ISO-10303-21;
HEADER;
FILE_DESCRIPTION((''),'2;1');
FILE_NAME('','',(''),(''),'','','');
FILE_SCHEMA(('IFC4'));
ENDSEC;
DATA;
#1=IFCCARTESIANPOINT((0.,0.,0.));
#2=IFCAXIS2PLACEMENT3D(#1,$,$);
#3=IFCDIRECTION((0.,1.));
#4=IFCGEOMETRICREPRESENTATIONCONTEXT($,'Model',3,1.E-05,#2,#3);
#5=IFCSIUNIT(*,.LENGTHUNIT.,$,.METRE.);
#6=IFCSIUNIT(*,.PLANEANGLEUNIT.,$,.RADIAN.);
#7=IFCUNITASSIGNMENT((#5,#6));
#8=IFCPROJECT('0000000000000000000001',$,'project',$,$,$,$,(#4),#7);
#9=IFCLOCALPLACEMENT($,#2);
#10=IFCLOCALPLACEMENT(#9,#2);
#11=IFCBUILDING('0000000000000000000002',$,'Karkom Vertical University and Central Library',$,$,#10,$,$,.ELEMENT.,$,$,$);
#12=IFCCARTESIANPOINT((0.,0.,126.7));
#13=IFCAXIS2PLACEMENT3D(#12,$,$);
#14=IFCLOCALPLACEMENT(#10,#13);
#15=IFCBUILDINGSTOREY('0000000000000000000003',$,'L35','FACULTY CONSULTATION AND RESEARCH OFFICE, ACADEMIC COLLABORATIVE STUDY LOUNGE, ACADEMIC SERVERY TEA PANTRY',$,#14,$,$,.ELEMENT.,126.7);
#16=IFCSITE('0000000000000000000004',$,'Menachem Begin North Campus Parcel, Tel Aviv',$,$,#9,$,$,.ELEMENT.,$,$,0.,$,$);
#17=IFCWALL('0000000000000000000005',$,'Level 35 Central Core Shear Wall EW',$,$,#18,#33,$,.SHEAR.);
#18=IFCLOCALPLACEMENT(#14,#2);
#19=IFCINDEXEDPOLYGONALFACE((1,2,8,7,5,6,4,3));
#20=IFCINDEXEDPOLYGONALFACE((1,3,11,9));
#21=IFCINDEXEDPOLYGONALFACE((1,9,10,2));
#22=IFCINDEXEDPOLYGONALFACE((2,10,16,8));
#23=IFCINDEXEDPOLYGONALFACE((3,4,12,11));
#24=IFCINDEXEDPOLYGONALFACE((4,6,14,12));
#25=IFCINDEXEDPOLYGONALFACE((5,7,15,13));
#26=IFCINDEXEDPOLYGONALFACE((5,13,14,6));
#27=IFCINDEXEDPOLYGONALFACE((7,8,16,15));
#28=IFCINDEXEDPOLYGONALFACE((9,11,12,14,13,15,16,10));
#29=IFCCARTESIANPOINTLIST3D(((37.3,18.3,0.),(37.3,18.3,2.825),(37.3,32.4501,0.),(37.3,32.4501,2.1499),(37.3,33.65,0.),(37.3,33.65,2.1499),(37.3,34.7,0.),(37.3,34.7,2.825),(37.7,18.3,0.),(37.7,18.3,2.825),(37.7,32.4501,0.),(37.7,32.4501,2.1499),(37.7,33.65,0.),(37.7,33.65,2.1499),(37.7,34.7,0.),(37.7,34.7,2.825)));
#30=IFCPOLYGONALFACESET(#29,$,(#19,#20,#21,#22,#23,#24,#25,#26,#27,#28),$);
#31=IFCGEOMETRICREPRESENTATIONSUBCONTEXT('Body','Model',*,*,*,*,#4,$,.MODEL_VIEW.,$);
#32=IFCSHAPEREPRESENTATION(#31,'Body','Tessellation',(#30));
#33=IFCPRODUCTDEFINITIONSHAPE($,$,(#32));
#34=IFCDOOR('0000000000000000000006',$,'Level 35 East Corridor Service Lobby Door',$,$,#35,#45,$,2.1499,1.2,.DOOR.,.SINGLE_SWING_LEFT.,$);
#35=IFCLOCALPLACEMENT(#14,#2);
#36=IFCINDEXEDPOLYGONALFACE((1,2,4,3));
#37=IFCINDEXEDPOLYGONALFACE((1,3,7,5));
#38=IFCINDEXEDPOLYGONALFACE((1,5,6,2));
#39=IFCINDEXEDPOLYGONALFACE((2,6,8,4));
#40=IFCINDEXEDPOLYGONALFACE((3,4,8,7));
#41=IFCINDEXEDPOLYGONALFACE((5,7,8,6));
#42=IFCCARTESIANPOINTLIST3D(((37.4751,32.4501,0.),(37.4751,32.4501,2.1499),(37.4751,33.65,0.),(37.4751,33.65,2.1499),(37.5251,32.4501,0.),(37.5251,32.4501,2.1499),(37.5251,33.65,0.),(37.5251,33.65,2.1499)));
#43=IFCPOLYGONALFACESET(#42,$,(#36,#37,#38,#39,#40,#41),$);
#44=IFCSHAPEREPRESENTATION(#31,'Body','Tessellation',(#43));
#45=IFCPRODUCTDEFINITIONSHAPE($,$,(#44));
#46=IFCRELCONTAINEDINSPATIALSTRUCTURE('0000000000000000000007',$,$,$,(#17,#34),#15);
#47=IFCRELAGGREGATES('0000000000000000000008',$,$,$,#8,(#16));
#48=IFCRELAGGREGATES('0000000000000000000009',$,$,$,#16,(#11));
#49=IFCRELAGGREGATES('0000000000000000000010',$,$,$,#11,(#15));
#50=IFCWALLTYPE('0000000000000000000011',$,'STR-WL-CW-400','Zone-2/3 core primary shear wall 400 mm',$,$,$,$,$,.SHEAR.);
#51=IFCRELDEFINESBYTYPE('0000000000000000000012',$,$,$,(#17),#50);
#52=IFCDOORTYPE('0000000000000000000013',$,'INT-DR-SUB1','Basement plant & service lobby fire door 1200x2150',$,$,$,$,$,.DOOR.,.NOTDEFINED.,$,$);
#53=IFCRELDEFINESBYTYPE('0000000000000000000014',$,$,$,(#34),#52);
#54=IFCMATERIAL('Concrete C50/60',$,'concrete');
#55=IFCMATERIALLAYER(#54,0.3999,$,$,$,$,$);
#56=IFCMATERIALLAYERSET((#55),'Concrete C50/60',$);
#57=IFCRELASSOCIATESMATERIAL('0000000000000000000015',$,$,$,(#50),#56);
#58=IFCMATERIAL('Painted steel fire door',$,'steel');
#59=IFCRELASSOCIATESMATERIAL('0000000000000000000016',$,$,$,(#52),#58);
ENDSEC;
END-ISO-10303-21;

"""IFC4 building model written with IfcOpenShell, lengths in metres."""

from ifc_helpers import new_model, si_unit, direction, frame, frame_2d, origin, origin_with_axes, place, context, subcontext, project, spatial, rectangle, extrude, source, transform, mapped, material, layer, layer_set, type_object, element, fill, save


model = new_model("IFC4")

# Units and contexts
model_context = context("Model", 3, precision=1e-05, world=origin(), true_north=direction((0.0, 1.0)))
body_context = subcontext(model_context, "Body", "Model", "MODEL_VIEW")
ifc_project = project(units=[si_unit("LENGTHUNIT", "METRE"), si_unit("PLANEANGLEUNIT", "RADIAN")], contexts=[model_context])

# Site, building, storey
site_placement = place(None, origin())
site = spatial("IfcSite", under=ifc_project, at=site_placement, Name="Menachem Begin North Campus Parcel, Tel Aviv", CompositionType="ELEMENT", RefElevation=0.0)
building_placement = place(site_placement, origin())
building = spatial("IfcBuilding", under=site, at=building_placement, Name="Karkom Vertical University and Central Library", CompositionType="ELEMENT")
storey_placement = place(building_placement, frame((0.0, 0.0, 126.7)))
storey = spatial("IfcBuildingStorey", under=building, at=storey_placement, Name="L35", Description="FACULTY CONSULTATION AND RESEARCH OFFICE, ACADEMIC COLLABORATIVE STUDY LOUNGE, ACADEMIC SERVERY TEA PANTRY", CompositionType="ELEMENT", Elevation=126.7)

# Shared definitions
ifc_material_1 = material(Name="Concrete C50/60", Category="concrete")

# Wall, opening, door
ifc_layer_1 = layer(ifc_material_1, 0.3999)
ifc_layer_set_1 = layer_set([ifc_layer_1], Name="Concrete C50/60")
wall_type_1 = type_object("IfcWallType", Name="STR-WL-CW-400", Description="Zone-2/3 core primary shear wall 400 mm", PredefinedType="SHEAR", material=ifc_layer_set_1)
wall_1_placement = place(storey_placement, frame((37.5, 18.3, 0.0), z_axis=(0.0, 0.0, 1.0), x_axis=(0.0, 1.0, 0.0)))
wall_1 = element("IfcWall", 1, at=wall_1_placement, inside=storey, type_object=wall_type_1, Name="Level 35 Central Core Shear Wall EW", PredefinedType="SHEAR", context=body_context, shape_type="SweptSolid", body=[
    extrude(rectangle(XDim=16.3999, YDim=0.3999, at=frame_2d((8.2, 0.0))), origin(), (0.0, 0.0, 1.0), 2.825),
])
opening_1_placement = place(wall_1_placement, frame((14.1499, 0.0, 0.0)))
opening_1 = element("IfcOpeningElement", 2, at=opening_1_placement, cuts=wall_1, PredefinedType="OPENING", context=body_context, shape_type="SweptSolid", body=[
    extrude(rectangle(XDim=1.2, YDim=2.1499, at=frame_2d((0.6001, 1.075))), frame((0.0, 0.21, 0.0), z_axis=(0.0, -1.0, 0.0), x_axis=(1.0, 0.0, 0.0)), (0.0, 0.0, 1.0), 0.4199),
])
ifc_material_2 = material(Name="Painted steel fire door", Category="steel")
door_type_1 = type_object("IfcDoorType", Name="INT-DR-SUB1", Description="Basement plant & service lobby fire door 1200x2150", OperationType="NOTDEFINED", PredefinedType="DOOR", material=ifc_material_2)
shared_shape_1 = source(origin_with_axes(), body_context, "Body", "SweptSolid", [
    extrude(rectangle(XDim=1.2, YDim=2.1499, at=frame_2d((0.6001, 1.075))), frame((0.0, 0.0249, 0.0), z_axis=(0.0, -1.0, 0.0), x_axis=(1.0, 0.0, 0.0)), (0.0, 0.0, 1.0), 0.05),
])
door_1_placement = place(opening_1_placement, origin())
door_1 = element("IfcDoor", 3, at=door_1_placement, inside=storey, type_object=door_type_1, Name="Level 35 East Corridor Service Lobby Door", OperationType="SINGLE_SWING_LEFT", OverallHeight=2.1499, OverallWidth=1.2, PredefinedType="DOOR", context=body_context, shape_type="MappedRepresentation", body=[
    mapped(shared_shape_1, transform((0.0, 0.0, 0.0), scale=1.0)),
])
fill(opening_1, door_1)

save(model, "model.ifc")
